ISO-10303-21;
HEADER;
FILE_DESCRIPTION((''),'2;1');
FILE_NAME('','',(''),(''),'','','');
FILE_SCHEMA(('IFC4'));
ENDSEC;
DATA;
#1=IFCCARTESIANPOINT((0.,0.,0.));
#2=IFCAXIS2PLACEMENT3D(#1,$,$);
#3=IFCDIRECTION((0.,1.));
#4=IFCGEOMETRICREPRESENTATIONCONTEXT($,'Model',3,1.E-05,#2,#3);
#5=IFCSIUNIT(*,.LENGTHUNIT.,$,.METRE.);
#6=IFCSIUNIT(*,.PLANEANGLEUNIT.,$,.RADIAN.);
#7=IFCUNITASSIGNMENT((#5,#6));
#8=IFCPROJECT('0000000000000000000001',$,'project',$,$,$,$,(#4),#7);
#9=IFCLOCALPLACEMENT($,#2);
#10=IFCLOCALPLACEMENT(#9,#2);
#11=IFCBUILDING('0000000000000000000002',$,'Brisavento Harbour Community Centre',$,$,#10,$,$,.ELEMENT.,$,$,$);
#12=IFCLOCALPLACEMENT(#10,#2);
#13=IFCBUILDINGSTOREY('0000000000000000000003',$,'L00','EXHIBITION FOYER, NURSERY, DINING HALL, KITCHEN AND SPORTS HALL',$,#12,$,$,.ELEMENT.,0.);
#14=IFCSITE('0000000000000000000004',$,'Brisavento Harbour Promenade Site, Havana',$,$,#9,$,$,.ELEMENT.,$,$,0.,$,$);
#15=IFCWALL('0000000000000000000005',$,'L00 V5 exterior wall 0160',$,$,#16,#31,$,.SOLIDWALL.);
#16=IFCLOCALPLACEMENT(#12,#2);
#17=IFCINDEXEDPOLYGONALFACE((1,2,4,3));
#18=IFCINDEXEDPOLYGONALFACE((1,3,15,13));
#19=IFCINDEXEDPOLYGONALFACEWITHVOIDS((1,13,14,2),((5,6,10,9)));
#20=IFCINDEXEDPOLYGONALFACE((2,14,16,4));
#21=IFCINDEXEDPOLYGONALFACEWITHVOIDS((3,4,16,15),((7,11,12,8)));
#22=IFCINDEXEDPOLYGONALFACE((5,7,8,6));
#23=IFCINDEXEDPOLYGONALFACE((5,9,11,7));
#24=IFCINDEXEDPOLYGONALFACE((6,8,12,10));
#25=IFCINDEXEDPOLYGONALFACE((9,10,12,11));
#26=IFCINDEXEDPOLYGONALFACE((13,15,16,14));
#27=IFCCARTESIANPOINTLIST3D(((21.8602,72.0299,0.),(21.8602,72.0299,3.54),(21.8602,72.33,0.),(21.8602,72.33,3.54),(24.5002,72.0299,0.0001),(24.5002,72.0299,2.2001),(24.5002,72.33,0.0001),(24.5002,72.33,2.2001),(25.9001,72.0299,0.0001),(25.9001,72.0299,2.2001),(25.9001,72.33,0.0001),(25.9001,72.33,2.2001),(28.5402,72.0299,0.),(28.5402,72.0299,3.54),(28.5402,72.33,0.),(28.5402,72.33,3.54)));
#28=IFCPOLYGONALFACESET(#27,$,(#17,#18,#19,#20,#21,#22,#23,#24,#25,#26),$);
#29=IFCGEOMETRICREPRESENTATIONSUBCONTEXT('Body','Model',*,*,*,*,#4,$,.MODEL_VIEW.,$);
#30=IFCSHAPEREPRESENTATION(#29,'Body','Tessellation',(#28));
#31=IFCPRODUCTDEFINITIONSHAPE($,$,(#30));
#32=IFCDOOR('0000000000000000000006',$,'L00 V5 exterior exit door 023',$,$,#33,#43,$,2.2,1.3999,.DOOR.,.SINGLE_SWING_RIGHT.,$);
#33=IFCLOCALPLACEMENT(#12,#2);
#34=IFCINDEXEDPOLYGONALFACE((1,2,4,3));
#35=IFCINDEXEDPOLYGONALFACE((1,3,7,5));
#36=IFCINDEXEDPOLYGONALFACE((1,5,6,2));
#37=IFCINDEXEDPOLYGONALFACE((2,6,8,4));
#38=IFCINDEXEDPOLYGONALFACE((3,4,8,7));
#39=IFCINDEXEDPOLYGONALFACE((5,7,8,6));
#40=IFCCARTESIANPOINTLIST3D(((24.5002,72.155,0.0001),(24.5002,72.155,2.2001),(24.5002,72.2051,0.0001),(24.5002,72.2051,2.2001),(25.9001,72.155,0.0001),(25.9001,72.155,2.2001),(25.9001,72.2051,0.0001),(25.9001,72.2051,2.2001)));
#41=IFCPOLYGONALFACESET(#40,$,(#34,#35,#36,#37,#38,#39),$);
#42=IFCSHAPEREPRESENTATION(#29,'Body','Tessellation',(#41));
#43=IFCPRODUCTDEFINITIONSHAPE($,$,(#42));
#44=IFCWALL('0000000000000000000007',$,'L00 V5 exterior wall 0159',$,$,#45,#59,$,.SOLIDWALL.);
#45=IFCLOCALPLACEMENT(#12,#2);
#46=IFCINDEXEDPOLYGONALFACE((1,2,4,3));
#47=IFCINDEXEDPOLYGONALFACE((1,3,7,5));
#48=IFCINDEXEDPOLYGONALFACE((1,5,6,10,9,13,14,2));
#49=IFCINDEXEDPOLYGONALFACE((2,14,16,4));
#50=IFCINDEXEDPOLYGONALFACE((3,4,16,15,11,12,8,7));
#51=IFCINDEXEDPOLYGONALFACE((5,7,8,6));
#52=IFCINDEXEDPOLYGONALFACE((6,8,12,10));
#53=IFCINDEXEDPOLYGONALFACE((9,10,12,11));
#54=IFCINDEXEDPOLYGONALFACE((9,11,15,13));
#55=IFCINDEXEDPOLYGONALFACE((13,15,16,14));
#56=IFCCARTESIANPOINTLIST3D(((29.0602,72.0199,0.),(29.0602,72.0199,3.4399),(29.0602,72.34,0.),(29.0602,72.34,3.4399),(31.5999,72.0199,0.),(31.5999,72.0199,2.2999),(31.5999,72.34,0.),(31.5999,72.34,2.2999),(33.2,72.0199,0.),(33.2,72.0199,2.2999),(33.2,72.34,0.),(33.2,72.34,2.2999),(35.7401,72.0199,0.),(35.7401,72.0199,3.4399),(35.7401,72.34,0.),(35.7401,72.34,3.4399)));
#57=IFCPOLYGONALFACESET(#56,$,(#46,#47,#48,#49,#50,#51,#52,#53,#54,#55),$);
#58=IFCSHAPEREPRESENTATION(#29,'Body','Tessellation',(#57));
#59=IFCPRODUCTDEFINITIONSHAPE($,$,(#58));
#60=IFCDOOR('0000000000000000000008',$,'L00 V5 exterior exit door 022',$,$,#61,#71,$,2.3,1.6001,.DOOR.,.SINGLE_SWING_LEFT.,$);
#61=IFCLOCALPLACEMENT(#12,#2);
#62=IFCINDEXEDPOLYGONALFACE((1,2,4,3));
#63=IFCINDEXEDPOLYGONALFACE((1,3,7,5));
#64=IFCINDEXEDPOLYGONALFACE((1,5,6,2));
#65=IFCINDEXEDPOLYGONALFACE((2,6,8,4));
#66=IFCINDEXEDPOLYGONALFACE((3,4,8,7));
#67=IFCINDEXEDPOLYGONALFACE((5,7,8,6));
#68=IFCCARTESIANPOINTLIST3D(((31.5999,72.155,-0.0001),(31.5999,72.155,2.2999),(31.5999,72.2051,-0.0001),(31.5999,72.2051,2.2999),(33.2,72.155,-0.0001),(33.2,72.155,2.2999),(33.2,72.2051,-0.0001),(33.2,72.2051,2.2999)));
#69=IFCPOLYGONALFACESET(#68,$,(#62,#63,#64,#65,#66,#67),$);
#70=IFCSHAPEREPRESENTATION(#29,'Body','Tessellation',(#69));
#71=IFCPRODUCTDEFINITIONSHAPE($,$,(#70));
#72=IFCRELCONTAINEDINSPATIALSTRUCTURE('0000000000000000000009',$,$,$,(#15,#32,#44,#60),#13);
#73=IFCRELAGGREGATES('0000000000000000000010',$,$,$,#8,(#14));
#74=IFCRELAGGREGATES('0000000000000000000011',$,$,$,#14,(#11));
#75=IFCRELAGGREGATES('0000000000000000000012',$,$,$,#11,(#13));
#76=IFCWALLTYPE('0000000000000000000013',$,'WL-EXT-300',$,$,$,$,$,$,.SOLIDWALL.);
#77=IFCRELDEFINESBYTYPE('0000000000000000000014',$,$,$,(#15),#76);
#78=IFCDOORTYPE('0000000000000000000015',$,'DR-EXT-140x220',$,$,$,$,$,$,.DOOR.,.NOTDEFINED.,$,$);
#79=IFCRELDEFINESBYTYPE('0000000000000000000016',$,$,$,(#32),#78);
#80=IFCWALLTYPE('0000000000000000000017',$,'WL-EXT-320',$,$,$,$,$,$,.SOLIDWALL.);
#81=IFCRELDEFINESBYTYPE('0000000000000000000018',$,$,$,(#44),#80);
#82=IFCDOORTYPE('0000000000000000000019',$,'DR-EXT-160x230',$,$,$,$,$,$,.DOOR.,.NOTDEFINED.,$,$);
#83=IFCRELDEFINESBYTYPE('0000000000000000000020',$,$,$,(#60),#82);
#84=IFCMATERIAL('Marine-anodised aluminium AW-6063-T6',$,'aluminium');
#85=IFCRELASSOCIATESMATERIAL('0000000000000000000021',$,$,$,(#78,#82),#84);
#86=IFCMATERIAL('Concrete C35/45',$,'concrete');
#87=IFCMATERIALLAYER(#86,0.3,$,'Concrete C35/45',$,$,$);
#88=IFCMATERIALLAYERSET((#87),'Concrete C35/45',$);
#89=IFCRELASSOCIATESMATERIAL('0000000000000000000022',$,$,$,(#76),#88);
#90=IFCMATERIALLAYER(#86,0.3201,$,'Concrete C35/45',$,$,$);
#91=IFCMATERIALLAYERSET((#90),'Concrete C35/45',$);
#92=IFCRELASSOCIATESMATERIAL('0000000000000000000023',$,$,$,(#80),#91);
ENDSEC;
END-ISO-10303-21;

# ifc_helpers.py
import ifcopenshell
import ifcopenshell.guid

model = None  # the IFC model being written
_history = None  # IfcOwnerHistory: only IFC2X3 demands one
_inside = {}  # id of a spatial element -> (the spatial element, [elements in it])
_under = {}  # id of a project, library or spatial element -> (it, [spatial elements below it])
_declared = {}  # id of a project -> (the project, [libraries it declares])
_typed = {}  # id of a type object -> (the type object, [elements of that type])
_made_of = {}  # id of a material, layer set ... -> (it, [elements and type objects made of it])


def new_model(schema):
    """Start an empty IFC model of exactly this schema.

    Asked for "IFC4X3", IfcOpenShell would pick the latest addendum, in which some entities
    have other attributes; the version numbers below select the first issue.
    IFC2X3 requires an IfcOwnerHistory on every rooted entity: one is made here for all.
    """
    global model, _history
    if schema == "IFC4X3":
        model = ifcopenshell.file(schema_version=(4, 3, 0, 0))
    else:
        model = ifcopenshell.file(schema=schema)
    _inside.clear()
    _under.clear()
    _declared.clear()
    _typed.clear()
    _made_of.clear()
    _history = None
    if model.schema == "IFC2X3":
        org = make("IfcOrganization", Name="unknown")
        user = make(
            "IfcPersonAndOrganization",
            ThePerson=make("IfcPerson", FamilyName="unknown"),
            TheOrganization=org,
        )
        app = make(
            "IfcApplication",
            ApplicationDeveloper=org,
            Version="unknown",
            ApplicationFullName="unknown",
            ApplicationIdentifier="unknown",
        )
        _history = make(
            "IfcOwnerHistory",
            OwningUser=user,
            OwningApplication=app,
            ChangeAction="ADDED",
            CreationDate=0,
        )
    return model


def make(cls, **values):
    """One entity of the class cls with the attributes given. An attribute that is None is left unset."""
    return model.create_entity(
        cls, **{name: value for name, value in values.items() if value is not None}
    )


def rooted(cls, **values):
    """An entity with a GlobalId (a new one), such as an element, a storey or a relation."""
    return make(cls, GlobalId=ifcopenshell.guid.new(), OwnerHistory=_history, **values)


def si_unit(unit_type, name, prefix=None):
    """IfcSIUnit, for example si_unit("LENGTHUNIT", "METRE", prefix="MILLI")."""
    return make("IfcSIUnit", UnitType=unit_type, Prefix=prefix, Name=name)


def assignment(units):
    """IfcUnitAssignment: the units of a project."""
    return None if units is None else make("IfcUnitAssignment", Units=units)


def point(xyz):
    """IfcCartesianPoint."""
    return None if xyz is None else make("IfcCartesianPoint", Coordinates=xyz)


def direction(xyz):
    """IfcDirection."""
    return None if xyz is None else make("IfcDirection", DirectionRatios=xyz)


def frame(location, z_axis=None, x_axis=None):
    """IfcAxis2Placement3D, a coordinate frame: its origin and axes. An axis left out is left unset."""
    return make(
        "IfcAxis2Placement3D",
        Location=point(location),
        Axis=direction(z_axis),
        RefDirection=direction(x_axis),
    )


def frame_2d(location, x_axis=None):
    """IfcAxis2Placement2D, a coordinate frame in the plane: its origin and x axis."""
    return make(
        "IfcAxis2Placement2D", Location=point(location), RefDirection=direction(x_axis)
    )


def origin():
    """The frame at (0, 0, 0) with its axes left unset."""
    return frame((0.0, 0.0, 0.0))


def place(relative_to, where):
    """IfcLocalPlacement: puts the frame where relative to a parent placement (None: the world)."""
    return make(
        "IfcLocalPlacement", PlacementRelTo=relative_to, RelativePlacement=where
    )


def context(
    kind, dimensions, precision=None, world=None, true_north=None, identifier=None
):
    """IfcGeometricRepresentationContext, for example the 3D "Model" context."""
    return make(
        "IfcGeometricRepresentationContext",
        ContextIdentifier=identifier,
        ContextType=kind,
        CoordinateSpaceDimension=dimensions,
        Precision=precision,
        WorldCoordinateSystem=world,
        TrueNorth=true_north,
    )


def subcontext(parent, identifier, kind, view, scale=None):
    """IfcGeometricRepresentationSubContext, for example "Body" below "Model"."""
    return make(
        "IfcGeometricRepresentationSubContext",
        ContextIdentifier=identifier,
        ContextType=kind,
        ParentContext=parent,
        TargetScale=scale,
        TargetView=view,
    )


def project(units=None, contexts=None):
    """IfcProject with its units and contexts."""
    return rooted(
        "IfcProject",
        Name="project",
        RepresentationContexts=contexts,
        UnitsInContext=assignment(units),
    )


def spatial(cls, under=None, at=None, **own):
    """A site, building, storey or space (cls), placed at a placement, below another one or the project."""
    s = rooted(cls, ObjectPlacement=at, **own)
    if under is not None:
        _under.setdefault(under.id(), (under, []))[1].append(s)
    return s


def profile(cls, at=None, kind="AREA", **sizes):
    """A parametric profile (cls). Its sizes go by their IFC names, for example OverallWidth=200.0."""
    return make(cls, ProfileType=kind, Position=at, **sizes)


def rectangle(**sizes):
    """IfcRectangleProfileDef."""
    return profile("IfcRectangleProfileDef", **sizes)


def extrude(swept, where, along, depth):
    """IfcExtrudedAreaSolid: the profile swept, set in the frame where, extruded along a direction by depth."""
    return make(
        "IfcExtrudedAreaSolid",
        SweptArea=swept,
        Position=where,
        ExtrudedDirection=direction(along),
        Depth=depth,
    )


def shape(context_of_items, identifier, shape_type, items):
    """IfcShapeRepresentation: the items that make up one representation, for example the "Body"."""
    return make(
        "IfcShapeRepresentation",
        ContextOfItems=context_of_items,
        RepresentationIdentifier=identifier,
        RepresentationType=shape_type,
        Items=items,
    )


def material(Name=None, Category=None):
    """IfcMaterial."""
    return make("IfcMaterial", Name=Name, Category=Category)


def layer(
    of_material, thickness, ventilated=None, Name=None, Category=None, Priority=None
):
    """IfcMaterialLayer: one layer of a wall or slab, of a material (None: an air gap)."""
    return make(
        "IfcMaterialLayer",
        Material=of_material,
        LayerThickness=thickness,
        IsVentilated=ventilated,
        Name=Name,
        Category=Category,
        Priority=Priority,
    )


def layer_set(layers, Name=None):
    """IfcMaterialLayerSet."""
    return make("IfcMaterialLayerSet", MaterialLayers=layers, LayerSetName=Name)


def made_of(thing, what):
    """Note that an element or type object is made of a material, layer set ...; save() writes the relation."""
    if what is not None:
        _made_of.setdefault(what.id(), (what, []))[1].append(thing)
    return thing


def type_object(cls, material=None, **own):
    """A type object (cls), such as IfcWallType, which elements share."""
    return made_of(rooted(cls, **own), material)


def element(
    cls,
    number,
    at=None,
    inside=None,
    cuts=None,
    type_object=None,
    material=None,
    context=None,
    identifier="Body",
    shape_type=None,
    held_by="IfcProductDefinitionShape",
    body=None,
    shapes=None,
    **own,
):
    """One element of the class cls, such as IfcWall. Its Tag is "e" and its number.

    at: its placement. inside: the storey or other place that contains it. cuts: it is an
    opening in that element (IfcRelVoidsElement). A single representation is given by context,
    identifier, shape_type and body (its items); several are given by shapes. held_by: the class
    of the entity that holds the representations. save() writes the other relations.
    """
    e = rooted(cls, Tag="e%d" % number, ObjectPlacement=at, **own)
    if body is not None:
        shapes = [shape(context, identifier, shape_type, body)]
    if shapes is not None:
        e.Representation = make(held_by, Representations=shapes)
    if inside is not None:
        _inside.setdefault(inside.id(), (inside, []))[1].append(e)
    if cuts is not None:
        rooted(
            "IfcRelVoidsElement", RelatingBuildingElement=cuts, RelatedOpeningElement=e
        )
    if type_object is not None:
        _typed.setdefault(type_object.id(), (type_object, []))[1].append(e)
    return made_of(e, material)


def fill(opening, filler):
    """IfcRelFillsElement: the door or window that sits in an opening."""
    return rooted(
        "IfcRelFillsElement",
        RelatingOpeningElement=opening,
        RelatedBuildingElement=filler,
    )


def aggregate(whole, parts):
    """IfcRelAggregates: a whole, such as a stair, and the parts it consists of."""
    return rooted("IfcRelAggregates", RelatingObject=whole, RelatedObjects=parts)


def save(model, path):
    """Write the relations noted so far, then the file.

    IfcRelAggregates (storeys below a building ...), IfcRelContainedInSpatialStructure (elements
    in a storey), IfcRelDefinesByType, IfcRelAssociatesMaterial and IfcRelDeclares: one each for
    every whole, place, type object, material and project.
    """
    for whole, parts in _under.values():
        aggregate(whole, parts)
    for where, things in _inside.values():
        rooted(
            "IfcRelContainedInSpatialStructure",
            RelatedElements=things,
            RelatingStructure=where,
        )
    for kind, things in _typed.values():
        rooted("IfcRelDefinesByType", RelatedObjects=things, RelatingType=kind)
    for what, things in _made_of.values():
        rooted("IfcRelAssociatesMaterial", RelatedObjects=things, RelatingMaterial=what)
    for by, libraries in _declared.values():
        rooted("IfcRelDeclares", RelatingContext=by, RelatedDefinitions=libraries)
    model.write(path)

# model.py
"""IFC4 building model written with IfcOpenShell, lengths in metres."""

from ifc_helpers import new_model, si_unit, direction, frame, frame_2d, origin, place, context, subcontext, project, spatial, rectangle, extrude, material, layer, layer_set, type_object, element, fill, save


model = new_model("IFC4")

# Units and contexts
model_context = context("Model", 3, precision=1e-05, world=origin(), true_north=direction((0.0, 1.0)))
body_context = subcontext(model_context, "Body", "Model", "MODEL_VIEW")
ifc_project = project(units=[si_unit("LENGTHUNIT", "METRE"), si_unit("PLANEANGLEUNIT", "RADIAN")], contexts=[model_context])

# Site, building, storey
site_placement = place(None, origin())
site = spatial("IfcSite", under=ifc_project, at=site_placement, Name="Brisavento Harbour Promenade Site, Havana", CompositionType="ELEMENT", RefElevation=0.0)
building_placement = place(site_placement, origin())
building = spatial("IfcBuilding", under=site, at=building_placement, Name="Brisavento Harbour Community Centre", CompositionType="ELEMENT")
storey_placement = place(building_placement, origin())
storey = spatial("IfcBuildingStorey", under=building, at=storey_placement, Name="L00", Description="EXHIBITION FOYER, NURSERY, DINING HALL, KITCHEN AND SPORTS HALL", CompositionType="ELEMENT", Elevation=0.0)

# Shared definitions
ifc_material_1 = material(Name="Concrete C35/45", Category="concrete")

# Shared definitions
ifc_material_2 = material(Name="Marine-anodised aluminium AW-6063-T6", Category="aluminium")

# Walls, openings, doors
door_type_1 = type_object("IfcDoorType", Name="DR-EXT-140x220", OperationType="NOTDEFINED", PredefinedType="DOOR", material=ifc_material_2)
ifc_layer_1 = layer(ifc_material_1, 0.3, Name="Concrete C35/45")
ifc_layer_set_1 = layer_set([ifc_layer_1], Name="Concrete C35/45")
wall_type_1 = type_object("IfcWallType", Name="WL-EXT-300", PredefinedType="SOLIDWALL", material=ifc_layer_set_1)
wall_1_placement = place(storey_placement, frame((28.54, 72.1799, 0.0), z_axis=(0.0, 0.0, 1.0), x_axis=(-1.0, 0.0, 0.0)))
wall_1 = element("IfcWall", 1, at=wall_1_placement, inside=storey, type_object=wall_type_1, Name="L00 V5 exterior wall 0160", PredefinedType="SOLIDWALL", context=body_context, shape_type="SweptSolid", body=[
    extrude(rectangle(XDim=6.6799, YDim=0.3, at=frame_2d((3.3398, 0.0))), origin(), (0.0, 0.0, 1.0), 3.54),
])
opening_1_placement = place(wall_1_placement, frame((2.6399, 0.0, 0.0)))
opening_1 = element("IfcOpeningElement", 2, at=opening_1_placement, cuts=wall_1, PredefinedType="OPENING", context=body_context, shape_type="SweptSolid", body=[
    extrude(rectangle(XDim=1.3999, YDim=2.2, at=frame_2d((0.7, 1.1001))), frame((0.0, 0.1602, 0.0), z_axis=(0.0, -1.0, 0.0), x_axis=(1.0, 0.0, 0.0)), (0.0, 0.0, 1.0), 0.3201),
])
door_1_placement = place(opening_1_placement, origin())
door_1 = element("IfcDoor", 3, at=door_1_placement, inside=storey, type_object=door_type_1, Name="L00 V5 exterior exit door 023", OperationType="SINGLE_SWING_RIGHT", OverallHeight=2.2, OverallWidth=1.3999, PredefinedType="DOOR", context=body_context, shape_type="SweptSolid", body=[
    extrude(rectangle(XDim=1.3999, YDim=2.2, at=frame_2d((0.7, 1.1001))), frame((0.0, 0.0249, 0.0), z_axis=(0.0, -1.0, 0.0), x_axis=(1.0, 0.0, 0.0)), (0.0, 0.0, 1.0), 0.05),
])
fill(opening_1, door_1)
ifc_layer_2 = layer(ifc_material_1, 0.3201, Name="Concrete C35/45")
ifc_layer_set_2 = layer_set([ifc_layer_2], Name="Concrete C35/45")
wall_type_2 = type_object("IfcWallType", Name="WL-EXT-320", PredefinedType="SOLIDWALL", material=ifc_layer_set_2)
wall_2_placement = place(storey_placement, frame((35.74, 72.1799, 0.0), z_axis=(0.0, 0.0, 1.0), x_axis=(-1.0, 0.0, 0.0)))
wall_2 = element("IfcWall", 4, at=wall_2_placement, inside=storey, type_object=wall_type_2, Name="L00 V5 exterior wall 0159", PredefinedType="SOLIDWALL", context=body_context, shape_type="SweptSolid", body=[
    extrude(rectangle(XDim=6.6799, YDim=0.3201, at=frame_2d((3.3398, 0.0))), origin(), (0.0, 0.0, 1.0), 3.4399),
])
opening_2_placement = place(wall_2_placement, frame((2.54, 0.0, 0.0)))
opening_2 = element("IfcOpeningElement", 5, at=opening_2_placement, cuts=wall_2, PredefinedType="OPENING", context=body_context, shape_type="SweptSolid", body=[
    extrude(rectangle(XDim=1.6001, YDim=2.3, at=frame_2d((0.8, 1.1499))), frame((0.0, 0.1699, 0.0), z_axis=(0.0, -1.0, 0.0), x_axis=(1.0, 0.0, 0.0)), (0.0, 0.0, 1.0), 0.3401),
])
door_type_2 = type_object("IfcDoorType", Name="DR-EXT-160x230", OperationType="NOTDEFINED", PredefinedType="DOOR", material=ifc_material_2)
door_2_placement = place(opening_2_placement, origin())
door_2 = element("IfcDoor", 6, at=door_2_placement, inside=storey, type_object=door_type_2, Name="L00 V5 exterior exit door 022", OperationType="SINGLE_SWING_LEFT", OverallHeight=2.3, OverallWidth=1.6001, PredefinedType="DOOR", context=body_context, shape_type="SweptSolid", body=[
    extrude(rectangle(XDim=1.6001, YDim=2.3, at=frame_2d((0.8, 1.1499))), frame((0.0, 0.0249, 0.0), z_axis=(0.0, -1.0, 0.0), x_axis=(1.0, 0.0, 0.0)), (0.0, 0.0, 1.0), 0.05),
])
fill(opening_2, door_2)

save(model, "model.ifc")
